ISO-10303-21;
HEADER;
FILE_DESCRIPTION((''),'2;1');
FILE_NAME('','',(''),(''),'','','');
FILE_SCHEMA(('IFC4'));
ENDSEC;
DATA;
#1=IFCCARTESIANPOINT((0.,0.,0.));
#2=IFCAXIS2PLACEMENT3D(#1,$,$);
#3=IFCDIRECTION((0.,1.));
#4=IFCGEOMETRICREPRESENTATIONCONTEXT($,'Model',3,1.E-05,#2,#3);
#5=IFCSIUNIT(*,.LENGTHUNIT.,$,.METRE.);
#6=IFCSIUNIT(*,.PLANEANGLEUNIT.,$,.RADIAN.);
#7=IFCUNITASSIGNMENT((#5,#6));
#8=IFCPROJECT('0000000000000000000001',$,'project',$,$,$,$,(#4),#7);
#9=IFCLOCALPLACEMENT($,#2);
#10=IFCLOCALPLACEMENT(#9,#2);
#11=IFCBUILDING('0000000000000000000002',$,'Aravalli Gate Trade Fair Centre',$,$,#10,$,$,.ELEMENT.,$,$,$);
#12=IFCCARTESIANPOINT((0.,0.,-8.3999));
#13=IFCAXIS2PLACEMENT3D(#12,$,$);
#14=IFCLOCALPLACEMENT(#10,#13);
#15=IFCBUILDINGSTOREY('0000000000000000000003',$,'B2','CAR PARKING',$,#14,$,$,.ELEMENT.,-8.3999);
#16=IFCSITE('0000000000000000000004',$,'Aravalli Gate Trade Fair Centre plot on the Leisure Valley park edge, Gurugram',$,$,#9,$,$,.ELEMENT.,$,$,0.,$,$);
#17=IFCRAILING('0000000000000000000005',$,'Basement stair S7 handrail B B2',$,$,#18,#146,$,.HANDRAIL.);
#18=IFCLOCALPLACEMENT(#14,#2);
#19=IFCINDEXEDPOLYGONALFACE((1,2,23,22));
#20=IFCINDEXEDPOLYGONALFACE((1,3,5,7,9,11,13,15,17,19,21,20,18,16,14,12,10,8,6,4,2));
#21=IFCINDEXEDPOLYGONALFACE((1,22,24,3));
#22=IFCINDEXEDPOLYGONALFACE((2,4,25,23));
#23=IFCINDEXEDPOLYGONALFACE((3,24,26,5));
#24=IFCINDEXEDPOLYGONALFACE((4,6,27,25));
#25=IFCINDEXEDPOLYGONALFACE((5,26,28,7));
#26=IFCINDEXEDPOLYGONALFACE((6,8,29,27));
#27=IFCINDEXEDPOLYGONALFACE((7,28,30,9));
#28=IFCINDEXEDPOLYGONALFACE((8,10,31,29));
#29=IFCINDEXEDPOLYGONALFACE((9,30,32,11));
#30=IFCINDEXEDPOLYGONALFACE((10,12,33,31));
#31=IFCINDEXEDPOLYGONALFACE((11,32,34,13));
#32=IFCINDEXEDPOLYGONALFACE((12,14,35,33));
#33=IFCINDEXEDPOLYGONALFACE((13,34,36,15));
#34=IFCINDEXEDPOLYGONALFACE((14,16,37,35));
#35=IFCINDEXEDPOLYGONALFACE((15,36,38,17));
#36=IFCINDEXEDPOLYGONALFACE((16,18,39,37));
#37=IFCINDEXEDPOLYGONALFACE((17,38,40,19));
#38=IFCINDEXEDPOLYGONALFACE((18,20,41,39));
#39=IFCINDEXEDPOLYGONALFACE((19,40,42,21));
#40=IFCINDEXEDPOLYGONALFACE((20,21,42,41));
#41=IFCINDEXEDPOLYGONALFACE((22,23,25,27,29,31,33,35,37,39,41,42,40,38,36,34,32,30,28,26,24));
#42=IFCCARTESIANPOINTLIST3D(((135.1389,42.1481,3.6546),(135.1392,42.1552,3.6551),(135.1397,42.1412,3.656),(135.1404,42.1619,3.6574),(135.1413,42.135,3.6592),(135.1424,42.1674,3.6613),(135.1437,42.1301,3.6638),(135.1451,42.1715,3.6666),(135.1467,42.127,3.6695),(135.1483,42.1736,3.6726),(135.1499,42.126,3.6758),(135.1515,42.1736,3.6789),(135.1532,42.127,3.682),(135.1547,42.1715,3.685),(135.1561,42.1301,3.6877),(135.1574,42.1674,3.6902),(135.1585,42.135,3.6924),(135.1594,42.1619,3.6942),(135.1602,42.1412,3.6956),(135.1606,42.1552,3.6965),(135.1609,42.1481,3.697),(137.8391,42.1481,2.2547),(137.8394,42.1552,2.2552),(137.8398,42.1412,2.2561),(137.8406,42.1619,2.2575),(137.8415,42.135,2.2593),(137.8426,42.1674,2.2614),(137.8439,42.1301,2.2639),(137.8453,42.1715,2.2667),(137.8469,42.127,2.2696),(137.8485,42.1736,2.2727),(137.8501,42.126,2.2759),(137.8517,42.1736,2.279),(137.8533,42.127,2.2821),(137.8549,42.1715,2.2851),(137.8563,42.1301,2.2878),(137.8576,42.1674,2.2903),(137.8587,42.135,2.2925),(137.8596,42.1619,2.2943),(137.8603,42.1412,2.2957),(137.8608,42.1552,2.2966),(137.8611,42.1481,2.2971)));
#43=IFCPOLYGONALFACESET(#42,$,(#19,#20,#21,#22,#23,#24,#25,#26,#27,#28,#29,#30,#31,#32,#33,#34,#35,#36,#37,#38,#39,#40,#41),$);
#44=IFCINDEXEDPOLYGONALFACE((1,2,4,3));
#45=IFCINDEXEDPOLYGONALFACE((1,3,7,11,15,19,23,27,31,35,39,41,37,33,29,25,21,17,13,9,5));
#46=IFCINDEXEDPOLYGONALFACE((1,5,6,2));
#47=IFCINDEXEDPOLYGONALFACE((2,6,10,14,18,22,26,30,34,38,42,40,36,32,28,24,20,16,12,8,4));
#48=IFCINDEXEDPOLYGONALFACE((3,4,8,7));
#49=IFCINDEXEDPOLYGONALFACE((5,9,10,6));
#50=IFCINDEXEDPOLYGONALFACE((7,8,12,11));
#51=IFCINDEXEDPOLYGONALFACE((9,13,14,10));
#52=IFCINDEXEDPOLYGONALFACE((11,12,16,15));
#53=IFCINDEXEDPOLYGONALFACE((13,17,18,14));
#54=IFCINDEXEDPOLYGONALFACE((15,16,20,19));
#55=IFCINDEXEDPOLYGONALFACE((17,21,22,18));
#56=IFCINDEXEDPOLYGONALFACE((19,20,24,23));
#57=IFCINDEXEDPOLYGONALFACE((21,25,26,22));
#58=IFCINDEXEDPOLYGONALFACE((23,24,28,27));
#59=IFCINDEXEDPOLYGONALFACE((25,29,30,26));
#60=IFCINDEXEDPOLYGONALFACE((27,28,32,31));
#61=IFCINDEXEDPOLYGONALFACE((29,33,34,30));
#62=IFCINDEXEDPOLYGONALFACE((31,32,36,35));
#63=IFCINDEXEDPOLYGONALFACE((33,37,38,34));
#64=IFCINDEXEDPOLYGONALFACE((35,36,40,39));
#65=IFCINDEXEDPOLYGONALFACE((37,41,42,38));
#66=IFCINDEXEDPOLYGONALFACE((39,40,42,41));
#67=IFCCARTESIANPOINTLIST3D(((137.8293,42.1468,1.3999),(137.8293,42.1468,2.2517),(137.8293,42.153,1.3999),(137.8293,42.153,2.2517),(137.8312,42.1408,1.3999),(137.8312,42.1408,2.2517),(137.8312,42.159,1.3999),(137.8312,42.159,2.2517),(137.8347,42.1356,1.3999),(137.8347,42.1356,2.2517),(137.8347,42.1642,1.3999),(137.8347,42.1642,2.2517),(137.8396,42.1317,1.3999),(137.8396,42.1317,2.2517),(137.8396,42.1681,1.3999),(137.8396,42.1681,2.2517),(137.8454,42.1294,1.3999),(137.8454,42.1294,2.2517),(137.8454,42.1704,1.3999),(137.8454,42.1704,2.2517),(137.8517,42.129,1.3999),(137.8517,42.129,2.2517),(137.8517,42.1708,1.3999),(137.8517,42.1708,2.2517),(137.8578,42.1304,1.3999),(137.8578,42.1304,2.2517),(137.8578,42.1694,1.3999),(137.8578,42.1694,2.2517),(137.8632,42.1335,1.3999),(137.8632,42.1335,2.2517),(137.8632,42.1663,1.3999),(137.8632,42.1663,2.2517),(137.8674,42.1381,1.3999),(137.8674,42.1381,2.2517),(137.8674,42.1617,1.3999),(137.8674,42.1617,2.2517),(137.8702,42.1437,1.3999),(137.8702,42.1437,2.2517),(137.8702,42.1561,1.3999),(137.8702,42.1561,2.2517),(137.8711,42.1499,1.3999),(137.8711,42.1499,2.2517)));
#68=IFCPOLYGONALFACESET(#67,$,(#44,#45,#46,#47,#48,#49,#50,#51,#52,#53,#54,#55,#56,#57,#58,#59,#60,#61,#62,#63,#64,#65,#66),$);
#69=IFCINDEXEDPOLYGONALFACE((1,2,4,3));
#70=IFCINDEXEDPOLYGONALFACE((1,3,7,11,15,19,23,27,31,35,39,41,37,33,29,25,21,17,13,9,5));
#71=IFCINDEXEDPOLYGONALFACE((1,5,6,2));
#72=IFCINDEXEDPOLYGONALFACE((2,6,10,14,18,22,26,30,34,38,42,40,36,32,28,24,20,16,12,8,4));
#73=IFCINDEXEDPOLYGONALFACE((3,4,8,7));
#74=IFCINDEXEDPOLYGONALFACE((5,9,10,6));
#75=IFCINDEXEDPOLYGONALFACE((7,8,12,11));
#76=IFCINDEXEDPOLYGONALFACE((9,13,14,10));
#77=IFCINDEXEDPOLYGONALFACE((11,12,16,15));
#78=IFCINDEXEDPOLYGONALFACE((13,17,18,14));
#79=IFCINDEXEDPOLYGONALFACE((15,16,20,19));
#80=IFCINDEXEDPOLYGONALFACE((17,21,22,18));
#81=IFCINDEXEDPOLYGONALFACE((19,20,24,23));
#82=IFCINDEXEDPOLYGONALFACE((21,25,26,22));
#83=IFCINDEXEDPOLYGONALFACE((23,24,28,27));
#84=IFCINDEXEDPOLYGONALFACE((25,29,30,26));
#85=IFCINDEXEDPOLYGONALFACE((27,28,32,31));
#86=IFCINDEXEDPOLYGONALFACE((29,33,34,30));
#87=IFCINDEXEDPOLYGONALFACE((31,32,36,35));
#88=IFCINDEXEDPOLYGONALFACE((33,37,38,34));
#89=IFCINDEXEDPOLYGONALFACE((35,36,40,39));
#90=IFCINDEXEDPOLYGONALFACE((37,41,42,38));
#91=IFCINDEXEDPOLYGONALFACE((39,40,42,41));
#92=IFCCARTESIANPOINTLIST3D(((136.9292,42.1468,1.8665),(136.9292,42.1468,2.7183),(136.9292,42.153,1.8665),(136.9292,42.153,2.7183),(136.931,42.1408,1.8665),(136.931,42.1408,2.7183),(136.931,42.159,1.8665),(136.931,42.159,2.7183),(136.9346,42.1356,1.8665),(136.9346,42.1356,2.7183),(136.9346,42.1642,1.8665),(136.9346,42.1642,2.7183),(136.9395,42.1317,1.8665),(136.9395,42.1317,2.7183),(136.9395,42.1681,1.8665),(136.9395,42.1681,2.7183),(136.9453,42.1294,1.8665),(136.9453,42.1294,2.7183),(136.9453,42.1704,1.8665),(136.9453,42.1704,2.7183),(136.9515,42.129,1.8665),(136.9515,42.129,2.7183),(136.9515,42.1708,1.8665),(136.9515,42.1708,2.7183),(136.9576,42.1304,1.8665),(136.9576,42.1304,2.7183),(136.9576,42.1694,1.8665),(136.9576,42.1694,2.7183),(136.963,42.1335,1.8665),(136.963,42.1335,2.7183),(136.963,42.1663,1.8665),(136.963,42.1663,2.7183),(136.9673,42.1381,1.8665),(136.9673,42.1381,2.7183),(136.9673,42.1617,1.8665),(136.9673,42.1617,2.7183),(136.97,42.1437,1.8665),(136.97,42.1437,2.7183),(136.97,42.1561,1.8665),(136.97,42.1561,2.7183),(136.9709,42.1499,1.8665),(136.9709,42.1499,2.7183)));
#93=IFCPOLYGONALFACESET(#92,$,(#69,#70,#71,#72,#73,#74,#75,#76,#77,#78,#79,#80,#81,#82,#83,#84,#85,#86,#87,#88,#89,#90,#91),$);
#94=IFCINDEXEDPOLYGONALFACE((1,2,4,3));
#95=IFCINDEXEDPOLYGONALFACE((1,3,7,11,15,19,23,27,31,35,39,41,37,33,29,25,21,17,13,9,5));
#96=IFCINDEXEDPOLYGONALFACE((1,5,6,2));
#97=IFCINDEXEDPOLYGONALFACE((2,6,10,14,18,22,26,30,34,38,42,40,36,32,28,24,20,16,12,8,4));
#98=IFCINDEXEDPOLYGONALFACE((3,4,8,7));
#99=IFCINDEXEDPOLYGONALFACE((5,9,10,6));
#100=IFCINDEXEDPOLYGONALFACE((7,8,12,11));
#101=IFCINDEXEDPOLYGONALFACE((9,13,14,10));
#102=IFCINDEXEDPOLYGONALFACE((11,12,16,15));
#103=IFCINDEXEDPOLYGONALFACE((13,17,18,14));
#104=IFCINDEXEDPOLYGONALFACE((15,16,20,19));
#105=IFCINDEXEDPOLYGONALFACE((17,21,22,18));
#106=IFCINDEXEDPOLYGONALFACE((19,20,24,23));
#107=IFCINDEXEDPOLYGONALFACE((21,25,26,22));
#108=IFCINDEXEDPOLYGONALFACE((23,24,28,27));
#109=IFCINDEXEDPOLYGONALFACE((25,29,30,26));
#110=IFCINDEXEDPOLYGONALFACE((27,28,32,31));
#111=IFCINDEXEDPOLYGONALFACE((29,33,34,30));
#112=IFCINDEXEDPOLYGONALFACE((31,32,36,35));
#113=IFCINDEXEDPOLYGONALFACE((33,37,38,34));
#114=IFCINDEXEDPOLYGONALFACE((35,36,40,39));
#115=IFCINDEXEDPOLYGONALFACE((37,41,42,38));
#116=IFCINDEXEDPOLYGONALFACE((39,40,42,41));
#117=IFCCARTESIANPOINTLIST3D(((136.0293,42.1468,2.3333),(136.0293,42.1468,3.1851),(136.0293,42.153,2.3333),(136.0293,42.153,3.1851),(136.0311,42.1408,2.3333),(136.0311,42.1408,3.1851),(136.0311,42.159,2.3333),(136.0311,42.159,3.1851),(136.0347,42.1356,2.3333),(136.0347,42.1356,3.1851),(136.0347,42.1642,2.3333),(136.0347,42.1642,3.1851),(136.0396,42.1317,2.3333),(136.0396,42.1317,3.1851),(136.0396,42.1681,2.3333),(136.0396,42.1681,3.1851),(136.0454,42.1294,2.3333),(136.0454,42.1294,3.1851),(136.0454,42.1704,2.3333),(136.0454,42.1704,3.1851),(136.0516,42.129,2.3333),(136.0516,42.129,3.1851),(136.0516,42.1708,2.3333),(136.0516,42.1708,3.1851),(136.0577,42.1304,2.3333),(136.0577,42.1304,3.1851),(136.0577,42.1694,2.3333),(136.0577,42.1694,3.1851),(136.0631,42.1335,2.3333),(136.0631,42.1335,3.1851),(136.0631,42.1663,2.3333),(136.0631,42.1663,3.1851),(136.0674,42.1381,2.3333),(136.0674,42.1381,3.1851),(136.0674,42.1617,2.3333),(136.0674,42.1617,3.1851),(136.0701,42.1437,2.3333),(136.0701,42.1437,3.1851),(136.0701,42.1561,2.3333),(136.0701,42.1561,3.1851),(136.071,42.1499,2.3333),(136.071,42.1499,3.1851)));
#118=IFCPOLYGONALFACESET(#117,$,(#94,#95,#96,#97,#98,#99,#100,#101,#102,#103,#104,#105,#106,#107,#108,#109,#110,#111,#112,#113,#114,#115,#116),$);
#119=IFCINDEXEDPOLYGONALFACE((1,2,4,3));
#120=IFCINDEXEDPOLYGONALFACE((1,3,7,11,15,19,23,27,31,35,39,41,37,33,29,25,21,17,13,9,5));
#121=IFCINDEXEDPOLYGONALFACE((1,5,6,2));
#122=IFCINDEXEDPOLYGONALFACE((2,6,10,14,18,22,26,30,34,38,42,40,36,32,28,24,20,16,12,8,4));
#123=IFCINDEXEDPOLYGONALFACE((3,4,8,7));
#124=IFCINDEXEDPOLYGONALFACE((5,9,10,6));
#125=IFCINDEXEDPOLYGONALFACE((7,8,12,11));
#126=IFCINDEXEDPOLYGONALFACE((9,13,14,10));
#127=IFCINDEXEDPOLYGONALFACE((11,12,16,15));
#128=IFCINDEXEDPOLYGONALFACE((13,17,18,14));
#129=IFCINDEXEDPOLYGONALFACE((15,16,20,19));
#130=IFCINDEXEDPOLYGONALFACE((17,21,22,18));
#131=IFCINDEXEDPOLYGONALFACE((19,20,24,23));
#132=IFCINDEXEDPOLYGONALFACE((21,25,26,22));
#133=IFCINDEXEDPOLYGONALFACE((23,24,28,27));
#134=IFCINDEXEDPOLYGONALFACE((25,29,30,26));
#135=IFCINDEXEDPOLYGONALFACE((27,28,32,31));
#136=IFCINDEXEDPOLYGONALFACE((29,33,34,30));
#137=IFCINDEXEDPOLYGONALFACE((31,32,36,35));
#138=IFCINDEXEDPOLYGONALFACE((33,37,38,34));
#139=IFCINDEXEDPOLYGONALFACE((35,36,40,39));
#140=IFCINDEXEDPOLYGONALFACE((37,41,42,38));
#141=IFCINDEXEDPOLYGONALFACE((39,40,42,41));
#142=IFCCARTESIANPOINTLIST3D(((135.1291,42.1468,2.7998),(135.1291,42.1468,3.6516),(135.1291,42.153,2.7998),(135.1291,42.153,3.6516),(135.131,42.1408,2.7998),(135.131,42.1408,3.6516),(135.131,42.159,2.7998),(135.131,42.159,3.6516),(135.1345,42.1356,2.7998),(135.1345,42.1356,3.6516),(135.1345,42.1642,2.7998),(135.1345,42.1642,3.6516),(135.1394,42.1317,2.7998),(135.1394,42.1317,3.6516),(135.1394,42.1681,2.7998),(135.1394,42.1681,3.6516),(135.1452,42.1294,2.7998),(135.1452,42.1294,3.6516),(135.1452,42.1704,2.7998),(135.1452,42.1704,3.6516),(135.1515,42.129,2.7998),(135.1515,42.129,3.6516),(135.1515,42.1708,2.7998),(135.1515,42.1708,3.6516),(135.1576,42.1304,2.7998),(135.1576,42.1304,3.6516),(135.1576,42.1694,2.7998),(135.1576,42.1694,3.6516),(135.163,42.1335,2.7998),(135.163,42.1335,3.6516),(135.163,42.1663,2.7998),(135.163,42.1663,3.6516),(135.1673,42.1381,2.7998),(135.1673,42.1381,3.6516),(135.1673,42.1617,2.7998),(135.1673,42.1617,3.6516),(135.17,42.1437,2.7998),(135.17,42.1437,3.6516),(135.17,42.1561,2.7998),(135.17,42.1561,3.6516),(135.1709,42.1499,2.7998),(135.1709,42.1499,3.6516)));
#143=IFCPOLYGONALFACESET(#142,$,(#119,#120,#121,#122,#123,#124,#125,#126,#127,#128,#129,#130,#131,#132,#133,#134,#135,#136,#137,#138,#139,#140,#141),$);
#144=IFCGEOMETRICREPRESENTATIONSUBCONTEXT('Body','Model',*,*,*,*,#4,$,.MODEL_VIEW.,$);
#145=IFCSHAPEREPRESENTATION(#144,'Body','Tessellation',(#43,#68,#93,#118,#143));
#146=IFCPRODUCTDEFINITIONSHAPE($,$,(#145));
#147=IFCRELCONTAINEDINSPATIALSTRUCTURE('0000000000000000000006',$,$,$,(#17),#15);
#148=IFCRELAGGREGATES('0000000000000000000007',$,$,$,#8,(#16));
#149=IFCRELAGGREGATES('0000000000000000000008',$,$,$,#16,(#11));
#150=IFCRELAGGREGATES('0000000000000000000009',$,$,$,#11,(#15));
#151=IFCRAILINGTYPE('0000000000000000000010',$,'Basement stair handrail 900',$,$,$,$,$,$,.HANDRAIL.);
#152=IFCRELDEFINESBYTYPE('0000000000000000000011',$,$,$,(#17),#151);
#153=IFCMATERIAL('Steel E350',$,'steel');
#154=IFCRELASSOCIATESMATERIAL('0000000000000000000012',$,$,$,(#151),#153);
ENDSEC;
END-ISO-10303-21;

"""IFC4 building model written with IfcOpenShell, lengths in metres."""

from ifc_helpers import new_model, si_unit, direction, frame, origin, origin_2d, place, context, subcontext, project, spatial, circle, extrude, material, type_object, element, save


model = new_model("IFC4")

# Units and contexts
model_context = context("Model", 3, precision=1e-05, world=origin(), true_north=direction((0.0, 1.0)))
body_context = subcontext(model_context, "Body", "Model", "MODEL_VIEW")
ifc_project = project(units=[si_unit("LENGTHUNIT", "METRE"), si_unit("PLANEANGLEUNIT", "RADIAN")], contexts=[model_context])

# Site, building, storey
site_placement = place(None, origin())
site = spatial("IfcSite", under=ifc_project, at=site_placement, Name="Aravalli Gate Trade Fair Centre plot on the Leisure Valley park edge, Gurugram", CompositionType="ELEMENT", RefElevation=0.0)
building_placement = place(site_placement, origin())
building = spatial("IfcBuilding", under=site, at=building_placement, Name="Aravalli Gate Trade Fair Centre", CompositionType="ELEMENT")
storey_placement = place(building_placement, frame((0.0, 0.0, -8.3999)))
storey = spatial("IfcBuildingStorey", under=building, at=storey_placement, Name="B2", Description="CAR PARKING", CompositionType="ELEMENT", Elevation=-8.3999)

# Railing
ifc_material_1 = material(Name="Steel E350", Category="steel")
railing_type_1 = type_object("IfcRailingType", Name="Basement stair handrail 900", PredefinedType="HANDRAIL", material=ifc_material_1)
railing_1_placement = place(storey_placement, frame((137.8501, 42.1499, 1.3999)))
element("IfcRailing", 1, at=railing_1_placement, inside=storey, type_object=railing_type_1, Name="Basement stair S7 handrail B B2", PredefinedType="HANDRAIL", context=body_context, shape_type="SweptSolid", body=[
    extrude(circle(Radius=0.0239, at=origin_2d()), frame((0.0, 0.0, 0.876), z_axis=(-0.887781, 0.0, 0.460266), x_axis=(0.0, -1.0, 0.0)), (0.0, 0.0, 1.0), 3.0415),
    extrude(circle(Radius=0.021, at=origin_2d()), origin(), (0.0, 0.0, 1.0), 0.8518),
    extrude(circle(Radius=0.021, at=origin_2d()), frame((-0.9001, 0.0, 0.4666)), (0.0, 0.0, 1.0), 0.8518),
    extrude(circle(Radius=0.021, at=origin_2d()), frame((-1.8, 0.0, 0.9333)), (0.0, 0.0, 1.0), 0.8518),
    extrude(circle(Radius=0.021, at=origin_2d()), frame((-2.7002, 0.0, 1.3999)), (0.0, 0.0, 1.0), 0.8518),
])

save(model, "model.ifc")
